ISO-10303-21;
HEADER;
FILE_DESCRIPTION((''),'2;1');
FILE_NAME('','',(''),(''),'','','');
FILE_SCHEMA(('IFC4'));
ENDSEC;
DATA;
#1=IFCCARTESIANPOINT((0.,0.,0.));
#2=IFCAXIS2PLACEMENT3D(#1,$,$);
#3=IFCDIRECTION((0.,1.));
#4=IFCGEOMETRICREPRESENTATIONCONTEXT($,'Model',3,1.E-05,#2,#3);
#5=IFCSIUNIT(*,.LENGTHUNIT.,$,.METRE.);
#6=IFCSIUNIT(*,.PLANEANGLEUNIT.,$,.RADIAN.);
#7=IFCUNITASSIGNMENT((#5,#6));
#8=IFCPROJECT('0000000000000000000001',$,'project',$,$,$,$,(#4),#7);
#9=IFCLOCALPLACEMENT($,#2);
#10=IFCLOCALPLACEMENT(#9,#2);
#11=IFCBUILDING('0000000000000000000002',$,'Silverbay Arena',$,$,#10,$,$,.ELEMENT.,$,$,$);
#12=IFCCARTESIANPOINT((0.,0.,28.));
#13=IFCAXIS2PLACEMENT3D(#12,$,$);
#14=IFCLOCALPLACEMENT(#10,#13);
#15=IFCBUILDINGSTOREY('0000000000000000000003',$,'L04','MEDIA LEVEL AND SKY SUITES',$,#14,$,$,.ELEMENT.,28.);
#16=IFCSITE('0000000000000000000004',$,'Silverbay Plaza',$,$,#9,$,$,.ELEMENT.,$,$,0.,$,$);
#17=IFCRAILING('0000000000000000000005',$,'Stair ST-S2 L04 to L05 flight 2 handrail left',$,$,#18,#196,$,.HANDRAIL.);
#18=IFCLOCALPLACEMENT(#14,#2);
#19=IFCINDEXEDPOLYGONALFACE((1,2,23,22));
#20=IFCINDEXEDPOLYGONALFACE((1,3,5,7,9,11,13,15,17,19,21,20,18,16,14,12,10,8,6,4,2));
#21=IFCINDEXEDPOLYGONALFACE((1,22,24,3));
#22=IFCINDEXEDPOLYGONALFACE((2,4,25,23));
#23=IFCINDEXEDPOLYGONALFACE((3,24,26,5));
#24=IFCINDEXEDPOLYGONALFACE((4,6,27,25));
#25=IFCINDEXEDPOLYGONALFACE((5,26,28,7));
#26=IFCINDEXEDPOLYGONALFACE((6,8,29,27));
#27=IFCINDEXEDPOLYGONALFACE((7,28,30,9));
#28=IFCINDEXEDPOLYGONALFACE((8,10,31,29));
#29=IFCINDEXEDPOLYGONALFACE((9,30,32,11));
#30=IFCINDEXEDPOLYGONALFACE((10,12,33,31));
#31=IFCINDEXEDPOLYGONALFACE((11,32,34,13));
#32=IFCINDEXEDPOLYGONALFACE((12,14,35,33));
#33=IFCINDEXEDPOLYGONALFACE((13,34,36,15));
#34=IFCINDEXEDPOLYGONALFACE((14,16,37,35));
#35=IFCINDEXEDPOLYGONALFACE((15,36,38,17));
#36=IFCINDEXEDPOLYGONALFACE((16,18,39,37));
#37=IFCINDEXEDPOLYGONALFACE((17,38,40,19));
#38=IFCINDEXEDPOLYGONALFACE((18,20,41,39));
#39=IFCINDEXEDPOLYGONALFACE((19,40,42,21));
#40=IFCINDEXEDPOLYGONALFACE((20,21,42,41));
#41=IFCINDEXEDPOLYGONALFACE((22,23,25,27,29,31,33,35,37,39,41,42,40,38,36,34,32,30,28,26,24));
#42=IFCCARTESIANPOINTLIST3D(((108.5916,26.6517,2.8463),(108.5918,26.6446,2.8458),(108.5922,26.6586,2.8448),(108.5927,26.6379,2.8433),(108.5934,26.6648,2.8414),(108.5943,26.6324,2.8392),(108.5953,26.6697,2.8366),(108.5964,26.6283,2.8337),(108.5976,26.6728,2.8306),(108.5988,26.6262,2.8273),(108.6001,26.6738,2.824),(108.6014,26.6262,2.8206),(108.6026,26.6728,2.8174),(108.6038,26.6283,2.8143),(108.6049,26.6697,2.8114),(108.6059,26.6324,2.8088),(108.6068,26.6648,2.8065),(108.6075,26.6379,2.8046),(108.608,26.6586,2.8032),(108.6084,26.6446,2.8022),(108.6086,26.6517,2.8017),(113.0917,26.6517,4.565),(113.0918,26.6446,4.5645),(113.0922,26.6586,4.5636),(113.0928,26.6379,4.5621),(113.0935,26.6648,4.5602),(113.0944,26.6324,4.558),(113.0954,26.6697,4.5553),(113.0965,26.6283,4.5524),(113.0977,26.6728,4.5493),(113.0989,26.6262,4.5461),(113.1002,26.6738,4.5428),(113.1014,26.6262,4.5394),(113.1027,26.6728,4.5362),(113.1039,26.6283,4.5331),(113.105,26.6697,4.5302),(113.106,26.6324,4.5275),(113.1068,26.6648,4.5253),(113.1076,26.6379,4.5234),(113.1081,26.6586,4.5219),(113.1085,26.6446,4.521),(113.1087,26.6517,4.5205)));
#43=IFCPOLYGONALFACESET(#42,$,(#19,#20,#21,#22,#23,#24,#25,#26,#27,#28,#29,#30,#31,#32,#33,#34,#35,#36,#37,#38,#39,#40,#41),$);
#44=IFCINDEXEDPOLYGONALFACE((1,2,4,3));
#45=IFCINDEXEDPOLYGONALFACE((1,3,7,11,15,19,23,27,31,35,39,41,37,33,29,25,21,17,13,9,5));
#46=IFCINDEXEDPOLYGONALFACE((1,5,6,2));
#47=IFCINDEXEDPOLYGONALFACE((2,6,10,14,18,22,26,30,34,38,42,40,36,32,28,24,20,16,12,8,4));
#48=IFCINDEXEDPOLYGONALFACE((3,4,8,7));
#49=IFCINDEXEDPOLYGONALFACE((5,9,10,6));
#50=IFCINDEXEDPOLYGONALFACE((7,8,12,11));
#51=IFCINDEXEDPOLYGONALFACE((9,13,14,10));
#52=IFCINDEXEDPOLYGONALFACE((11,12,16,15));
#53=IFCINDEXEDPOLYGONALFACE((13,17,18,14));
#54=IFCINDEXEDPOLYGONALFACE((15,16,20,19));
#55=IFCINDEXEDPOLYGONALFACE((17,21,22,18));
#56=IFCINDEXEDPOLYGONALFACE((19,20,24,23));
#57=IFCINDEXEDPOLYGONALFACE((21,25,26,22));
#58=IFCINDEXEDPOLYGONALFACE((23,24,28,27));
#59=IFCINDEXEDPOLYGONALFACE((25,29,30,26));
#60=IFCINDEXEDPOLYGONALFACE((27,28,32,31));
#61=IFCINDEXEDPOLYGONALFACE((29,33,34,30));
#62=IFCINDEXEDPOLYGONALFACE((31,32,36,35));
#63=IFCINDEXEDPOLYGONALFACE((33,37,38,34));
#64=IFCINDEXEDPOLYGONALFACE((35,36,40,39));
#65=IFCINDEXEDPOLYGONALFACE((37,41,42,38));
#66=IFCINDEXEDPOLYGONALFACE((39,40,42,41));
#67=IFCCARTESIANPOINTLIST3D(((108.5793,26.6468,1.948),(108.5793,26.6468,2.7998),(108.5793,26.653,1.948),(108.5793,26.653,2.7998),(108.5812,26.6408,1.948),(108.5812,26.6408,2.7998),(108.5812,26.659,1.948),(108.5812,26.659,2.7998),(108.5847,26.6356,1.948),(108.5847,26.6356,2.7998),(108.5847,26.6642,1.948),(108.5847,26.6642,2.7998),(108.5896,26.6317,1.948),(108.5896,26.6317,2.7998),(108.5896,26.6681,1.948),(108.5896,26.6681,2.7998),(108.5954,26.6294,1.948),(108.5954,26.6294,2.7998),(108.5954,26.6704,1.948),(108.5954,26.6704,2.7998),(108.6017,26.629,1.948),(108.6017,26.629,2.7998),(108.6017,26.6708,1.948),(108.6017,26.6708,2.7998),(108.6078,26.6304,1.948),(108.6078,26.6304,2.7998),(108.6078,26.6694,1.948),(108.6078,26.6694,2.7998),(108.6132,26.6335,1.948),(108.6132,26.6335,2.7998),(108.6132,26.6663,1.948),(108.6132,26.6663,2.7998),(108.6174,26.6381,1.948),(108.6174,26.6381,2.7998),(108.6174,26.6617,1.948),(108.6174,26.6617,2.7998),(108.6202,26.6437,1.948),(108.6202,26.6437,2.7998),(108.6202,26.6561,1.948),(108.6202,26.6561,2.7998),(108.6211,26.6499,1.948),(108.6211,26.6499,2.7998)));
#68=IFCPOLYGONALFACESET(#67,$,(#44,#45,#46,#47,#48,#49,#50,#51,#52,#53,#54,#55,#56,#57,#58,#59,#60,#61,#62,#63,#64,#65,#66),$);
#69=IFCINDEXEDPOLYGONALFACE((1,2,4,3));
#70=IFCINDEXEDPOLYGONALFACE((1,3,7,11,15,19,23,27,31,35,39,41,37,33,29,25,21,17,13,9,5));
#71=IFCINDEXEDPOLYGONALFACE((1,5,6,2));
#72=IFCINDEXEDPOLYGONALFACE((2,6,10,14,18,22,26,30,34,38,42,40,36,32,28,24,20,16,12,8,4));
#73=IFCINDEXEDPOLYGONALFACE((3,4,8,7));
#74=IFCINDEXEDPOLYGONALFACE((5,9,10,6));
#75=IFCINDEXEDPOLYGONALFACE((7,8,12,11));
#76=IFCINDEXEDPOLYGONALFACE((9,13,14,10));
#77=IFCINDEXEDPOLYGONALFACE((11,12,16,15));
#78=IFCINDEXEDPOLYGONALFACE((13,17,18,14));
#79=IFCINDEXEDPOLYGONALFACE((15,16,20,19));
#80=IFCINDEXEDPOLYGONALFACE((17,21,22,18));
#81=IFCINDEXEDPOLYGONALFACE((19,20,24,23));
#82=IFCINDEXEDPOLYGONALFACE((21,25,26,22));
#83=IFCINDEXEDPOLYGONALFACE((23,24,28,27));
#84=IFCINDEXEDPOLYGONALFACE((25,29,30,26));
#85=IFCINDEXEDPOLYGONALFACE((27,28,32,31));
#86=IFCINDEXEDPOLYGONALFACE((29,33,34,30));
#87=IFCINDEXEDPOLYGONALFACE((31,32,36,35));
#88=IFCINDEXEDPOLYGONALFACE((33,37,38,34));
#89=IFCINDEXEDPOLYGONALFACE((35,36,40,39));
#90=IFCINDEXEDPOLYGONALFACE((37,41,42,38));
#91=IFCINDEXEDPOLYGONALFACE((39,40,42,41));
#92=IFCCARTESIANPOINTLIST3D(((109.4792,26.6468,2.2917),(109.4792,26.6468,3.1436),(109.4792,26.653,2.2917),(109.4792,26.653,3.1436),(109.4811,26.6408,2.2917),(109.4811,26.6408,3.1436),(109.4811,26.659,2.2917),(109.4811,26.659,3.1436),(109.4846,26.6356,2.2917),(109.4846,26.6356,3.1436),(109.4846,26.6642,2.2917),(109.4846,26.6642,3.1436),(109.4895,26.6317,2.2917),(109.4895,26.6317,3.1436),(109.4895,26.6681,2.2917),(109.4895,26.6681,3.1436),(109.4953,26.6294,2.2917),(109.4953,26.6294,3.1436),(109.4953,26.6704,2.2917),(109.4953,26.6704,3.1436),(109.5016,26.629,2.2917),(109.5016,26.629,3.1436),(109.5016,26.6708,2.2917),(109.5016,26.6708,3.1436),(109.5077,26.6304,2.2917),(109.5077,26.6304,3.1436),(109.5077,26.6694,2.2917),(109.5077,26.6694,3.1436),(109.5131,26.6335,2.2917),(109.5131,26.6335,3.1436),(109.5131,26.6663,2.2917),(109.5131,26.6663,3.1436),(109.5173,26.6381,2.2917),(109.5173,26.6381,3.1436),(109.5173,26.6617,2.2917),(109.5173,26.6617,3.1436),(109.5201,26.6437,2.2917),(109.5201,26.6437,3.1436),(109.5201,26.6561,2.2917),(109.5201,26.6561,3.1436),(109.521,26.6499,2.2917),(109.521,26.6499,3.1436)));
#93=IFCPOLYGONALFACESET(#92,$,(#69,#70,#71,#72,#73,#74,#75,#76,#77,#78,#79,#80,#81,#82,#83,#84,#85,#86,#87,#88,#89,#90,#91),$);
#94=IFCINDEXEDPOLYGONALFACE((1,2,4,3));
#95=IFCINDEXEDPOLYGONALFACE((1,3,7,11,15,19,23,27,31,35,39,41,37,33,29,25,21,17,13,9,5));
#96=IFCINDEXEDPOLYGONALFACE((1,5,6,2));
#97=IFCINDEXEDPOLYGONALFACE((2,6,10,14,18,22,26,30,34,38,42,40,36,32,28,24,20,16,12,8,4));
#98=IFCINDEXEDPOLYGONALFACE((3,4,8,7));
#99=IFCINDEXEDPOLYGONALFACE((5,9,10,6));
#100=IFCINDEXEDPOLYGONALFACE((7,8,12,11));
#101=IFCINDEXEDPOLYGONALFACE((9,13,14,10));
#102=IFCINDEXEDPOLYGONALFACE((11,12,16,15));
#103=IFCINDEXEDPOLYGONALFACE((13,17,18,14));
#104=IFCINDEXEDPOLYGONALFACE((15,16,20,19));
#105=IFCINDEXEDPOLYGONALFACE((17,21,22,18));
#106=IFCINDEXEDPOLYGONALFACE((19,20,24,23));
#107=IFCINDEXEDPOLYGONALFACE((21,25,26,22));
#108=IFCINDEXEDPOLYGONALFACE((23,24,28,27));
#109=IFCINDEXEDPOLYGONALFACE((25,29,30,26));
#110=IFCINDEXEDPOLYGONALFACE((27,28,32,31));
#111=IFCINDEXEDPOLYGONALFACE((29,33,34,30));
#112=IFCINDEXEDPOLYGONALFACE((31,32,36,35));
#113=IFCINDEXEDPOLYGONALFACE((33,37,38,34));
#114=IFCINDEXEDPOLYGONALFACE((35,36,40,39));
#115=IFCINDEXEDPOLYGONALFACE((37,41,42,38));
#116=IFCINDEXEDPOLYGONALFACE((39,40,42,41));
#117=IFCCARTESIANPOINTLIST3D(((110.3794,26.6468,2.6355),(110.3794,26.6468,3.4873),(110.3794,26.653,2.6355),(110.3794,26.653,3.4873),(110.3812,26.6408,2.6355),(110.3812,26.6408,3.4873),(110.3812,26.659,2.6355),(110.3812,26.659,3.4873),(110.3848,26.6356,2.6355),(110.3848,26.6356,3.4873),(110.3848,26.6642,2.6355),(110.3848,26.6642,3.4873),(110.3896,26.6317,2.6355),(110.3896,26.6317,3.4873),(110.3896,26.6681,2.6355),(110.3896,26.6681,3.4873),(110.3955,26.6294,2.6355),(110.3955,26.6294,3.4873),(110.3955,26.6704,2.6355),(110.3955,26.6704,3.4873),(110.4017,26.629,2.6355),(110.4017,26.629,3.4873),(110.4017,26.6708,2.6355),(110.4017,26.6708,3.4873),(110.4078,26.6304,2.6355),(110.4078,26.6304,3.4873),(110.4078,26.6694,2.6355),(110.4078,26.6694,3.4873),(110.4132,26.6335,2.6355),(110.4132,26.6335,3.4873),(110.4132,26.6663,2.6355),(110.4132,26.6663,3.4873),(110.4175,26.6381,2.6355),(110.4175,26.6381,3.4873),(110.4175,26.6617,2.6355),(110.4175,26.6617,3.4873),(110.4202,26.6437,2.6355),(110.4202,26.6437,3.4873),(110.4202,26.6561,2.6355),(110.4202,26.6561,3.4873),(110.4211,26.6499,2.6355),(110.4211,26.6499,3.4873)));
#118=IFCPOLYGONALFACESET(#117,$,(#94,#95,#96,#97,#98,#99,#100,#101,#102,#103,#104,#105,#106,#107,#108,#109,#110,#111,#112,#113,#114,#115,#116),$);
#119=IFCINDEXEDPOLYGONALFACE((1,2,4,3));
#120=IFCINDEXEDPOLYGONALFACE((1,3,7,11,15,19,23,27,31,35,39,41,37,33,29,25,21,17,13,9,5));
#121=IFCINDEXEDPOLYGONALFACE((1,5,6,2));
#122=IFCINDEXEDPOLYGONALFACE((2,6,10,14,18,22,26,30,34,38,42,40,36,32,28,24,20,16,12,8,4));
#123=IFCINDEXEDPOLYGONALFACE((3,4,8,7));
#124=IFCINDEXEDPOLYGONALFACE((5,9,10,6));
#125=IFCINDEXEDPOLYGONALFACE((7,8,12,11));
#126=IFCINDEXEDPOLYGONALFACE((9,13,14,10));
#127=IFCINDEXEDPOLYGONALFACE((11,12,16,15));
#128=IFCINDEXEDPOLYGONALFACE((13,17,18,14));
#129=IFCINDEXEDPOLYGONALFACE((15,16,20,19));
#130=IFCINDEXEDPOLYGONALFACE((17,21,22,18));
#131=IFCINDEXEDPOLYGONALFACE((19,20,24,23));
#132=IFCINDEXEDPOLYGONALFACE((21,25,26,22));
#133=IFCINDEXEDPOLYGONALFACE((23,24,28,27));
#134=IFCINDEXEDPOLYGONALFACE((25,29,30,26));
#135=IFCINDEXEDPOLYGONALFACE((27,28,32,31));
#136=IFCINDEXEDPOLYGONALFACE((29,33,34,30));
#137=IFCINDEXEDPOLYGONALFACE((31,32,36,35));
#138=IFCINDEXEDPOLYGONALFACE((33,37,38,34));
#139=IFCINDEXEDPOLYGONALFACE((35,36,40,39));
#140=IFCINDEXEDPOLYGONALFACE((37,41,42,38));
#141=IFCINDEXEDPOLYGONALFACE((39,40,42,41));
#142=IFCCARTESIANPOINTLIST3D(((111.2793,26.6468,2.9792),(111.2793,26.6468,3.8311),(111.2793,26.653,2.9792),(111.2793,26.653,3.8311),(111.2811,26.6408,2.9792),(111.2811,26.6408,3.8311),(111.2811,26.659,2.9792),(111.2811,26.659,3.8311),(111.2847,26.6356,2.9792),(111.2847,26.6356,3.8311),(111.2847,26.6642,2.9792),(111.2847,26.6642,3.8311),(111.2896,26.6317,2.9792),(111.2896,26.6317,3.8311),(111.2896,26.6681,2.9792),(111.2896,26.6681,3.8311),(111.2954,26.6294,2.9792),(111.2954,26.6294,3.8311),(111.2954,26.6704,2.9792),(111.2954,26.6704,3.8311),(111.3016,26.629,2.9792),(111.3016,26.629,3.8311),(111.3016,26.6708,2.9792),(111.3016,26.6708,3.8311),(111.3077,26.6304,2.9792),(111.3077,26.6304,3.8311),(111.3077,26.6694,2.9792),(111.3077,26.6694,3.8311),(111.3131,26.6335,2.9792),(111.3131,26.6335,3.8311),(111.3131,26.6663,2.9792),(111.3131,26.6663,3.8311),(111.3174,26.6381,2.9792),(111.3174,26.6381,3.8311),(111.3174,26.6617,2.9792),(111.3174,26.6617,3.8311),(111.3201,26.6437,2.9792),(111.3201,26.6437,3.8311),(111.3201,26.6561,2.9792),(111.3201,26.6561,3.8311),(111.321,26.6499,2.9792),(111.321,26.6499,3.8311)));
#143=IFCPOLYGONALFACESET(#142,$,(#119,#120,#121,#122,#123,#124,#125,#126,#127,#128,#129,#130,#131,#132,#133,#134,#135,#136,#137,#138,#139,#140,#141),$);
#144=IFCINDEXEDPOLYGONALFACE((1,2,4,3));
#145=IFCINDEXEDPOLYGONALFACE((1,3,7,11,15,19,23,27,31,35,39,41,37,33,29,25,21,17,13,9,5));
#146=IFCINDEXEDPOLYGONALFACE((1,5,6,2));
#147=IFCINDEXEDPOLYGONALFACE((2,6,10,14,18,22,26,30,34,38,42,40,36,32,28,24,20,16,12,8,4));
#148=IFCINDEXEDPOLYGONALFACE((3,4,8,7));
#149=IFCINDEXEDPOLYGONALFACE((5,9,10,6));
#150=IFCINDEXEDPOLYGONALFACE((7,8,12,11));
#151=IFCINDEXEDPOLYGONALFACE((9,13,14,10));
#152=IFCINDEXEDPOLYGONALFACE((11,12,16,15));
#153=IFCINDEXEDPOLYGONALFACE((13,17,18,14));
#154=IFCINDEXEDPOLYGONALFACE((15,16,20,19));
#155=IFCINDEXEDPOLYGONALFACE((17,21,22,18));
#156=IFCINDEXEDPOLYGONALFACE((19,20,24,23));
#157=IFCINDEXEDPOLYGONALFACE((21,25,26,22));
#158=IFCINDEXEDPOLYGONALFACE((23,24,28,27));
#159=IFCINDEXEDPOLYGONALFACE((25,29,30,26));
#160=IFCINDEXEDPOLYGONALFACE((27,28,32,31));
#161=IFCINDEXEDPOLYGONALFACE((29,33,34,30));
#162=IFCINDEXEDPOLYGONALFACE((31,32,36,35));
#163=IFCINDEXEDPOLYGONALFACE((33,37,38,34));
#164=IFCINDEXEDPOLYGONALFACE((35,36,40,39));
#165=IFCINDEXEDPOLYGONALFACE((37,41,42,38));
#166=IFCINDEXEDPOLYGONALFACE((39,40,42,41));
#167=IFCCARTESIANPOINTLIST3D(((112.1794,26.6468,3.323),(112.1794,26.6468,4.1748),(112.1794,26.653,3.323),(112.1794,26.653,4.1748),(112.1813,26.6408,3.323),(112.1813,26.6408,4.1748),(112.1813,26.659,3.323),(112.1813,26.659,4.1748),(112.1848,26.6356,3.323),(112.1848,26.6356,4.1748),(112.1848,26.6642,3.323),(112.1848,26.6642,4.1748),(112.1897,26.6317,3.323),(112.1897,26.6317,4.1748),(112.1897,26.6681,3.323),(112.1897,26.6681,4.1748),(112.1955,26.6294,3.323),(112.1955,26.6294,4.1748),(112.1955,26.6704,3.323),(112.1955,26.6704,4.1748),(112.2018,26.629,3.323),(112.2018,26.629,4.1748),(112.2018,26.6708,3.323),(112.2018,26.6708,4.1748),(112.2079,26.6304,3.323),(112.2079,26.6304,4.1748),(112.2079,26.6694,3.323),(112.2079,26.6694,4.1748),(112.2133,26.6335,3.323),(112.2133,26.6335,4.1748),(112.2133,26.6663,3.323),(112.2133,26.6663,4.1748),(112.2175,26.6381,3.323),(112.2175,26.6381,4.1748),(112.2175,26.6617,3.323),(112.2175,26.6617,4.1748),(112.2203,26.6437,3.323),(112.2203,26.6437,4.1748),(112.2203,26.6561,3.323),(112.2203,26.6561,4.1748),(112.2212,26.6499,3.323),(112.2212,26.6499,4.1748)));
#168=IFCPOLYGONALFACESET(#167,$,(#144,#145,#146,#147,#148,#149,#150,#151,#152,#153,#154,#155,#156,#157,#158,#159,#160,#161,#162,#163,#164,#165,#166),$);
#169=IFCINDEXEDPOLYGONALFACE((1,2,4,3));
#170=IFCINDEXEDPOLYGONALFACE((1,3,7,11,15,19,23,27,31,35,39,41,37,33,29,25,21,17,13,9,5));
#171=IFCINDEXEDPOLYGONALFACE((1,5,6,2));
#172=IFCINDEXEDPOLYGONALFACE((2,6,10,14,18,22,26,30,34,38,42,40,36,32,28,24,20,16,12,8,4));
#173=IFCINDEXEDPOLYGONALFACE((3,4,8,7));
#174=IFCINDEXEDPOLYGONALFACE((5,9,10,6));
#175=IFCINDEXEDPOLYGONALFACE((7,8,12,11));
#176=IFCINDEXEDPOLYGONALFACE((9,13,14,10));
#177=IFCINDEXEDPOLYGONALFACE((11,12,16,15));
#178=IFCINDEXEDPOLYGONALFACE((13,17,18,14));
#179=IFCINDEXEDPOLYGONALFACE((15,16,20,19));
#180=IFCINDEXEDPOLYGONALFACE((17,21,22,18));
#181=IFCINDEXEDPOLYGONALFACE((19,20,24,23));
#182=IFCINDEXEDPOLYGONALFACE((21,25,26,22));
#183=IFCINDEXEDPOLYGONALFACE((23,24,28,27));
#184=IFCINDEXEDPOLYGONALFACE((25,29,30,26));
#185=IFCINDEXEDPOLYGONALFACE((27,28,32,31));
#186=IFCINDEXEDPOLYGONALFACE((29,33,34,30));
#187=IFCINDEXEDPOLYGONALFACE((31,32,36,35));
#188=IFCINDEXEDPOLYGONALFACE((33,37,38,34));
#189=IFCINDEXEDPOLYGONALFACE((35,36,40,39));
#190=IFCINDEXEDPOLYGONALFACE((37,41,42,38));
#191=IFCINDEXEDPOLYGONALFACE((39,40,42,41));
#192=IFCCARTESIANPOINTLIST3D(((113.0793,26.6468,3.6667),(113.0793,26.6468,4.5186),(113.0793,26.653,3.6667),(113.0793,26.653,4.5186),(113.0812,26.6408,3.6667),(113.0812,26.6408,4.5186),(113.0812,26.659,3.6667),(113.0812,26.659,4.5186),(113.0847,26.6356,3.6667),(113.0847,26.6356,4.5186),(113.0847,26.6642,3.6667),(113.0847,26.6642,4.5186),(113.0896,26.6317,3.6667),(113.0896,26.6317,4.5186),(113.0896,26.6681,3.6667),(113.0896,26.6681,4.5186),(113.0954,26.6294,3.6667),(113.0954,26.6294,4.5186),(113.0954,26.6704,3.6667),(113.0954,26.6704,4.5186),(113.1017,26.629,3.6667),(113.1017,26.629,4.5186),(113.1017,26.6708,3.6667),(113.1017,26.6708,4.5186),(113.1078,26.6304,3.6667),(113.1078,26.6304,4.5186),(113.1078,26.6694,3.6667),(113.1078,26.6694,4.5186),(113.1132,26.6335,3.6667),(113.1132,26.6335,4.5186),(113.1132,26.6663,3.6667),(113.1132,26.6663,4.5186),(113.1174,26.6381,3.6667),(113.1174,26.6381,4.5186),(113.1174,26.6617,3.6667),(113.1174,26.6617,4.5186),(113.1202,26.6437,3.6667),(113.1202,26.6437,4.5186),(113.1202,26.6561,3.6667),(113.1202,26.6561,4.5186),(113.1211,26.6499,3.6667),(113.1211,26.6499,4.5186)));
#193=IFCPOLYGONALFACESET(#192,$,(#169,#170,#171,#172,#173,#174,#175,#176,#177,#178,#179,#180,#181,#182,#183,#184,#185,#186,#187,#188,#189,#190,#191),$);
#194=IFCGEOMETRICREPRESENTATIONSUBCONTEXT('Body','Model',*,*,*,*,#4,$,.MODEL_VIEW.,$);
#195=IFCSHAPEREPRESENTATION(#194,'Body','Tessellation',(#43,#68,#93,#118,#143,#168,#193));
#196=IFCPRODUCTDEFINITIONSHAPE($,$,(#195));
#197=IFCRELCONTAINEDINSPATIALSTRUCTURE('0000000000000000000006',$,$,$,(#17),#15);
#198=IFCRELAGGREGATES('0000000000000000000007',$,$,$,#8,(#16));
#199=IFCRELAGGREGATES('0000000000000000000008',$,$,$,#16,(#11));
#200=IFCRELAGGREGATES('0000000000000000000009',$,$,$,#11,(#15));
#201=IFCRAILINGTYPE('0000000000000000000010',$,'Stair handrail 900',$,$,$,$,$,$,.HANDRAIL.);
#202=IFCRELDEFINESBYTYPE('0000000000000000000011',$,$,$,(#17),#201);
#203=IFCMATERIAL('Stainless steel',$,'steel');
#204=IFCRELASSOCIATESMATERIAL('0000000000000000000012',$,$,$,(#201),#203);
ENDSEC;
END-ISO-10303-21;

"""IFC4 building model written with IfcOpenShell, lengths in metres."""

from ifc_helpers import new_model, si_unit, direction, frame, origin, origin_2d, place, context, subcontext, project, spatial, circle, extrude, material, type_object, element, save


model = new_model("IFC4")

# Units and contexts
model_context = context("Model", 3, precision=1e-05, world=origin(), true_north=direction((0.0, 1.0)))
body_context = subcontext(model_context, "Body", "Model", "MODEL_VIEW")
ifc_project = project(units=[si_unit("LENGTHUNIT", "METRE"), si_unit("PLANEANGLEUNIT", "RADIAN")], contexts=[model_context])

# Site, building, storey
site_placement = place(None, origin())
site = spatial("IfcSite", under=ifc_project, at=site_placement, Name="Silverbay Plaza", CompositionType="ELEMENT", RefElevation=0.0)
building_placement = place(site_placement, origin())
building = spatial("IfcBuilding", under=site, at=building_placement, Name="Silverbay Arena", CompositionType="ELEMENT")
storey_placement = place(building_placement, frame((0.0, 0.0, 28.0)))
storey = spatial("IfcBuildingStorey", under=building, at=storey_placement, Name="L04", Description="MEDIA LEVEL AND SKY SUITES", CompositionType="ELEMENT", Elevation=28.0)

# Railing
ifc_material_1 = material(Name="Stainless steel", Category="steel")
railing_type_1 = type_object("IfcRailingType", Name="Stair handrail 900", PredefinedType="HANDRAIL", material=ifc_material_1)
for number, where, name in (
    (1, (108.6001, 26.6499, 1.948), "Stair ST-S2 L04 to L05 flight 2 handrail left"),
):
    element("IfcRailing", number, at=place(storey_placement, frame(where)), inside=storey, type_object=railing_type_1, Name=name, PredefinedType="HANDRAIL", context=body_context, shape_type="SweptSolid", body=[
        extrude(circle(Radius=0.0239, at=origin_2d()), frame((0.0, 0.0, 0.876), z_axis=(0.934179, 0.0, 0.356805), x_axis=(0.0, 1.0, 0.0)), (0.0, 0.0, 1.0), 4.8171),
        extrude(circle(Radius=0.021, at=origin_2d()), origin(), (0.0, 0.0, 1.0), 0.8518),
        extrude(circle(Radius=0.021, at=origin_2d()), frame((0.8999, 0.0, 0.3438)), (0.0, 0.0, 1.0), 0.8518),
        extrude(circle(Radius=0.021, at=origin_2d()), frame((1.8, 0.0, 0.6875)), (0.0, 0.0, 1.0), 0.8518),
        extrude(circle(Radius=0.021, at=origin_2d()), frame((2.7, 0.0, 1.0312)), (0.0, 0.0, 1.0), 0.8518),
        extrude(circle(Radius=0.021, at=origin_2d()), frame((3.6001, 0.0, 1.375)), (0.0, 0.0, 1.0), 0.8518),
        extrude(circle(Radius=0.021, at=origin_2d()), frame((4.5, 0.0, 1.7188)), (0.0, 0.0, 1.0), 0.8518),
    ])

save(model, "model.ifc")
